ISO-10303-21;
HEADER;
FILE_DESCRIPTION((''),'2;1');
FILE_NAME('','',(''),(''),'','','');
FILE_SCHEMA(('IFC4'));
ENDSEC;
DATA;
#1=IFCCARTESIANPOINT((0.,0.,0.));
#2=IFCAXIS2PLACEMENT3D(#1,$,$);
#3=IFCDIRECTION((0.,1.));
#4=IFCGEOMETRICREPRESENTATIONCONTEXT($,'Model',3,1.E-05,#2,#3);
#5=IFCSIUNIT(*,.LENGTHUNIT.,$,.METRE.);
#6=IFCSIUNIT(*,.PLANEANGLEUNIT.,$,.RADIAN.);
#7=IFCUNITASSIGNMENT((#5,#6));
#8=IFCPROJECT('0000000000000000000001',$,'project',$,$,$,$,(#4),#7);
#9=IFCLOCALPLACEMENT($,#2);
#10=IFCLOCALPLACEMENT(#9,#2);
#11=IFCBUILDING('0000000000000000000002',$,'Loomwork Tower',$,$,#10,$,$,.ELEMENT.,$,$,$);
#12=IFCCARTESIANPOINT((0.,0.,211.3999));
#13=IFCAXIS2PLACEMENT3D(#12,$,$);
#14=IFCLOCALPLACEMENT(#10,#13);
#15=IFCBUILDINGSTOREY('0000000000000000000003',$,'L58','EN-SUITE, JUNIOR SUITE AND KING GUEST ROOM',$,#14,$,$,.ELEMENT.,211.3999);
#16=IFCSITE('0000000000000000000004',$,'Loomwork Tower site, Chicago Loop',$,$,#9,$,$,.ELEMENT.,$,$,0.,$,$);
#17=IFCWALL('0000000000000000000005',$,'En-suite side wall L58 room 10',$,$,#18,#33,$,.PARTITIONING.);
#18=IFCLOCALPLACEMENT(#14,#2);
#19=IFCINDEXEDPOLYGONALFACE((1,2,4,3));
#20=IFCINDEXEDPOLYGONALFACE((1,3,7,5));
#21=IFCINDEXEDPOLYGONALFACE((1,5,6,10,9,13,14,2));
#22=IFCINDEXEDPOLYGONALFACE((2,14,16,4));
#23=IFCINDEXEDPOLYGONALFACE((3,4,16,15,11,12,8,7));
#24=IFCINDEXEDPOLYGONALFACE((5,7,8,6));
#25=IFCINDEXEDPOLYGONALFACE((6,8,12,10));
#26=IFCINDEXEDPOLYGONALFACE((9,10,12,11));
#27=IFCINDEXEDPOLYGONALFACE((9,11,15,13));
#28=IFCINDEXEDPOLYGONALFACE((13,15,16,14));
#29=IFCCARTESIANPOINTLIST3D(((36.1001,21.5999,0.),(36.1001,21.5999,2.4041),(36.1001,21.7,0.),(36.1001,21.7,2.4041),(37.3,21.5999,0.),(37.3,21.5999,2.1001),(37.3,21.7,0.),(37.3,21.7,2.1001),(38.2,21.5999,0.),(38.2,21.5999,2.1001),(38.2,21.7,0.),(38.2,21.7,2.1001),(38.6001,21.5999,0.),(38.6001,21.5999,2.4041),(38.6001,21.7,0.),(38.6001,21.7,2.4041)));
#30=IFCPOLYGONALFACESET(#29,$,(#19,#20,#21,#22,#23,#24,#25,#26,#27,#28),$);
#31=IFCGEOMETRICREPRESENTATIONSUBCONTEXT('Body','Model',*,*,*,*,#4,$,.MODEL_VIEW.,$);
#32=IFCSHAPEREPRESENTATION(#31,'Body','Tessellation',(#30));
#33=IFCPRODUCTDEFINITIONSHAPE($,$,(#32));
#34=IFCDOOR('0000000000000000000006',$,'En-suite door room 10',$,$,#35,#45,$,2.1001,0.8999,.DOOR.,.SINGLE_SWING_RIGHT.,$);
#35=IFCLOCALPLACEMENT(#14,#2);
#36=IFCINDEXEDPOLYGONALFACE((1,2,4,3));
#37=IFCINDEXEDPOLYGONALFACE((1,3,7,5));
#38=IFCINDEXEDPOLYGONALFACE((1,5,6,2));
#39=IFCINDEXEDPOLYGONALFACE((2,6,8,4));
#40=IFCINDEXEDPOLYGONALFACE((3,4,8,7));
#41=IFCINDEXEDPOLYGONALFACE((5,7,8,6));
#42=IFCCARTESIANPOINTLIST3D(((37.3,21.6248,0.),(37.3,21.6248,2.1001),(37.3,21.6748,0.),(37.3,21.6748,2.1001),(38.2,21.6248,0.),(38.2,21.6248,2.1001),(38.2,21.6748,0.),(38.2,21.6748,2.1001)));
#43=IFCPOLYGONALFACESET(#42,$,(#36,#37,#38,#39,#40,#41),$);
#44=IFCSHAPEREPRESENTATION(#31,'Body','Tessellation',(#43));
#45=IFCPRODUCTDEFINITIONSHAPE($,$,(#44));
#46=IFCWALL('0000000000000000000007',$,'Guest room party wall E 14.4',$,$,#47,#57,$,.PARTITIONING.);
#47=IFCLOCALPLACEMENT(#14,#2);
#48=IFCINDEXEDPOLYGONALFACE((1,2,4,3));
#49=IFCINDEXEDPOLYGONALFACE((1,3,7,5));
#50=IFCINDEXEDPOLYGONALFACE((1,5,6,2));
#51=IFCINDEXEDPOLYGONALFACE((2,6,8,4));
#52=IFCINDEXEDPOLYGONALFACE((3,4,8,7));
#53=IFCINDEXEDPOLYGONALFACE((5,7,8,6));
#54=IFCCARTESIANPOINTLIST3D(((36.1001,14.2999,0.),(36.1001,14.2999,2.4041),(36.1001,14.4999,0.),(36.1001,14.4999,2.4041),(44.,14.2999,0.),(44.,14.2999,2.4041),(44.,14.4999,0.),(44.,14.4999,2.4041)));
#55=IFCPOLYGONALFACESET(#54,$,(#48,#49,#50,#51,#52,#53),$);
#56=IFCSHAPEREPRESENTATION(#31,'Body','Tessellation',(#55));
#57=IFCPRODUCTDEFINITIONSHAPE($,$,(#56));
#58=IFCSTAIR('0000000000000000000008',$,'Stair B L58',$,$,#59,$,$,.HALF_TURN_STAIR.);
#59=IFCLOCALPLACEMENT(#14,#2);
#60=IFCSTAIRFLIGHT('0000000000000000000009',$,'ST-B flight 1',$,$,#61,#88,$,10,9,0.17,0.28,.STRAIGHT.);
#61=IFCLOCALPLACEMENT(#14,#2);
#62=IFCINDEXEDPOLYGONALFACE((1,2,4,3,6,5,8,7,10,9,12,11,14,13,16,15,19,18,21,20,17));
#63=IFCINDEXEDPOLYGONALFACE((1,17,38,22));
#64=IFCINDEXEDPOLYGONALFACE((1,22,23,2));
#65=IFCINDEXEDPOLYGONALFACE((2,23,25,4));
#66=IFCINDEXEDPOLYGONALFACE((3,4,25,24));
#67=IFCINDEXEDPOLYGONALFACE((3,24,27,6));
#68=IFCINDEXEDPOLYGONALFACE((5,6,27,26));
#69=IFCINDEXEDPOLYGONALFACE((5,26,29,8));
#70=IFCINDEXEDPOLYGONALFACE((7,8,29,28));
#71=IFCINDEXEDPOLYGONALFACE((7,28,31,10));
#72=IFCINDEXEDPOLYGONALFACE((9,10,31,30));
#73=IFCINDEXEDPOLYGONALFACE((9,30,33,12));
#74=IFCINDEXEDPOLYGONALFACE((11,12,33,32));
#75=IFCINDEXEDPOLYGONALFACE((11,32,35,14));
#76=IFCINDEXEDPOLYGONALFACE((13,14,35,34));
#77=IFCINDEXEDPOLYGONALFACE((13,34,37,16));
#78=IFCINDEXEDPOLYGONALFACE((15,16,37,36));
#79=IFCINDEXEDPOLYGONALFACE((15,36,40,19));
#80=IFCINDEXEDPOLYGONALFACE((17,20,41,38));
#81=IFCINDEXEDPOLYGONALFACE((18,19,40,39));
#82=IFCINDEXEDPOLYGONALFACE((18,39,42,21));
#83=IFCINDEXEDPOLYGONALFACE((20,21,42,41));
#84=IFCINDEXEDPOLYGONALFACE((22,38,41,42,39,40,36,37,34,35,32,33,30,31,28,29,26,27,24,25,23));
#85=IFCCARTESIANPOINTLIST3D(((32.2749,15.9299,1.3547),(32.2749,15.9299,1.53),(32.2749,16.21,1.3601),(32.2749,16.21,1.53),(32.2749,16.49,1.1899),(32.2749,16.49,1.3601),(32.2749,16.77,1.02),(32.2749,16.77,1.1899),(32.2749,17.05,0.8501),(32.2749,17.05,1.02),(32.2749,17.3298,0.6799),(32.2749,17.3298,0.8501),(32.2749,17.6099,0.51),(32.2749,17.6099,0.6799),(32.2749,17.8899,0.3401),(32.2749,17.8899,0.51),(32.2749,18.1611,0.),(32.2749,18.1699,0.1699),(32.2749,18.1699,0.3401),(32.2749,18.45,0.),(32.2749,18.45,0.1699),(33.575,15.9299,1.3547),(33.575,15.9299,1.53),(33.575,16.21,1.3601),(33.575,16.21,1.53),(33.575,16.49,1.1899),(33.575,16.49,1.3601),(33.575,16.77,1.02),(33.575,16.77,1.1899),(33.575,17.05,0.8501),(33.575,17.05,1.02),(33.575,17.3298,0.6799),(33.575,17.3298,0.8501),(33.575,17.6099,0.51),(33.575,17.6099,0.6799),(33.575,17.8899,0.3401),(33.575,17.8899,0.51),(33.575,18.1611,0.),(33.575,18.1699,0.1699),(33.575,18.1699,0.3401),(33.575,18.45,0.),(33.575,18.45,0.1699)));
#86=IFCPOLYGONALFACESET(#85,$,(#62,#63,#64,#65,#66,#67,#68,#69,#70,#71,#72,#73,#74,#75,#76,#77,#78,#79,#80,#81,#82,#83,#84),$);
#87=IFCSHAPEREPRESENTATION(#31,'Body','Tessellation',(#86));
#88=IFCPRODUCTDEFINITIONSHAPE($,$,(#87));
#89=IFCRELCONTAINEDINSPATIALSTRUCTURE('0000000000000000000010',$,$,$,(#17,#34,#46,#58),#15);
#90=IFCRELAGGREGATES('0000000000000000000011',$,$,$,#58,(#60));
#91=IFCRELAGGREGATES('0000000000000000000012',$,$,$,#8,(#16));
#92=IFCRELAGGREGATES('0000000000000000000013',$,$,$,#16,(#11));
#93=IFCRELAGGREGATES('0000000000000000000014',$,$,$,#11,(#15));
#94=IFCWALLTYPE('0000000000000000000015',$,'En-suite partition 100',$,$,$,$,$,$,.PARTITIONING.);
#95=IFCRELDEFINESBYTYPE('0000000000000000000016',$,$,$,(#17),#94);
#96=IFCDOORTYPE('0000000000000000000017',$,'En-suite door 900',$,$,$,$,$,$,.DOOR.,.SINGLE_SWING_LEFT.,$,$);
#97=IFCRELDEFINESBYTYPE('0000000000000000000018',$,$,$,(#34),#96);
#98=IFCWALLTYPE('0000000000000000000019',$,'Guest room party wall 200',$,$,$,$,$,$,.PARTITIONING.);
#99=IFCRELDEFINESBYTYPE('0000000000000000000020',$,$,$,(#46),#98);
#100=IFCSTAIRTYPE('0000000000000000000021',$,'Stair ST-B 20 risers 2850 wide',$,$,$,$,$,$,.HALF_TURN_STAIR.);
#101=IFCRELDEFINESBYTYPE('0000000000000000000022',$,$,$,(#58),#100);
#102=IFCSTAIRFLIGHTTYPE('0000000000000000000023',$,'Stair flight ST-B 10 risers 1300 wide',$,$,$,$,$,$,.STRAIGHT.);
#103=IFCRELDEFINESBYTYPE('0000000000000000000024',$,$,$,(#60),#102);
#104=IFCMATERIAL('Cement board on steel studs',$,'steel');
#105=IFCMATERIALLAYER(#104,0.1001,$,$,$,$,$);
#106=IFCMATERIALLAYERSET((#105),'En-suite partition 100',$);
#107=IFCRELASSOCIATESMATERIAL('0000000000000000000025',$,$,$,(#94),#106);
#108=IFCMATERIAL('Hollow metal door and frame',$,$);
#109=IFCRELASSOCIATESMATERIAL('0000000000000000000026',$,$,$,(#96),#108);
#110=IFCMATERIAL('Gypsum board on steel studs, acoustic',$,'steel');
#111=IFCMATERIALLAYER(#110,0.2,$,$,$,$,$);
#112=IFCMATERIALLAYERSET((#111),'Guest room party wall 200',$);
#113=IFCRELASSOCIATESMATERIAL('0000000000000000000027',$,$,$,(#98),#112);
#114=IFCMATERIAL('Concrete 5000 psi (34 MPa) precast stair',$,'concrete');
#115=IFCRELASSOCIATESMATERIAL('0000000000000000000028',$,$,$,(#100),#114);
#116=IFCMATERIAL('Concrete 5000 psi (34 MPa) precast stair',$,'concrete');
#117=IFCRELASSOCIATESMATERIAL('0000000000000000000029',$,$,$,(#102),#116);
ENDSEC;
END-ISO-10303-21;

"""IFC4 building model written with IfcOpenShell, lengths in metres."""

from ifc_helpers import new_model, si_unit, direction, frame, frame_2d, origin, place, context, subcontext, project, spatial, polyline, rectangle, outline, extrude, material, layer, layer_set, type_object, element, fill, aggregate, save


model = new_model("IFC4")

# Units and contexts
model_context = context("Model", 3, precision=1e-05, world=origin(), true_north=direction((0.0, 1.0)))
body_context = subcontext(model_context, "Body", "Model", "MODEL_VIEW")
ifc_project = project(units=[si_unit("LENGTHUNIT", "METRE"), si_unit("PLANEANGLEUNIT", "RADIAN")], contexts=[model_context])

# Site, building, storey
site_placement = place(None, origin())
site = spatial("IfcSite", under=ifc_project, at=site_placement, Name="Loomwork Tower site, Chicago Loop", CompositionType="ELEMENT", RefElevation=0.0)
building_placement = place(site_placement, origin())
building = spatial("IfcBuilding", under=site, at=building_placement, Name="Loomwork Tower", CompositionType="ELEMENT")
storey_placement = place(building_placement, frame((0.0, 0.0, 211.3999)))
storey = spatial("IfcBuildingStorey", under=building, at=storey_placement, Name="L58", Description="EN-SUITE, JUNIOR SUITE AND KING GUEST ROOM", CompositionType="ELEMENT", Elevation=211.3999)

# Wall, opening, door
ifc_material_1 = material(Name="Cement board on steel studs", Category="steel")
ifc_layer_1 = layer(ifc_material_1, 0.1001)
ifc_layer_set_1 = layer_set([ifc_layer_1], Name="En-suite partition 100")
wall_type_1 = type_object("IfcWallType", Name="En-suite partition 100", PredefinedType="PARTITIONING", material=ifc_layer_set_1)
ifc_material_2 = material(Name="Hollow metal door and frame")
door_type_1 = type_object("IfcDoorType", Name="En-suite door 900", OperationType="SINGLE_SWING_LEFT", PredefinedType="DOOR", material=ifc_material_2)
wall_1_placement = place(storey_placement, frame((36.1001, 21.6499, 0.0), z_axis=(0.0, 0.0, 1.0), x_axis=(1.0, 0.0, 0.0)))
wall_1 = element("IfcWall", 1, at=wall_1_placement, inside=storey, type_object=wall_type_1, Name="En-suite side wall L58 room 10", PredefinedType="PARTITIONING", context=body_context, shape_type="SweptSolid", body=[
    extrude(rectangle(XDim=2.5, YDim=0.1001, at=frame_2d((1.25, 0.0))), origin(), (0.0, 0.0, 1.0), 2.4041),
])
opening_1_placement = place(wall_1_placement, frame((1.2, 0.0, 0.0)))
opening_1 = element("IfcOpeningElement", 2, at=opening_1_placement, cuts=wall_1, PredefinedType="OPENING", context=body_context, shape_type="SweptSolid", body=[
    extrude(rectangle(XDim=0.8999, YDim=2.1001, at=frame_2d((0.45, 1.05))), frame((0.0, 0.0601, 0.0), z_axis=(0.0, -1.0, 0.0), x_axis=(1.0, 0.0, 0.0)), (0.0, 0.0, 1.0), 0.1201),
])
door_1_placement = place(opening_1_placement, origin())
door_1 = element("IfcDoor", 3, at=door_1_placement, inside=storey, type_object=door_type_1, Name="En-suite door room 10", OperationType="SINGLE_SWING_RIGHT", OverallHeight=2.1001, OverallWidth=0.8999, PredefinedType="DOOR", context=body_context, shape_type="SweptSolid", body=[
    extrude(rectangle(XDim=0.8999, YDim=2.1001, at=frame_2d((0.45, 1.05))), frame((0.0, 0.0249, 0.0), z_axis=(0.0, -1.0, 0.0), x_axis=(1.0, 0.0, 0.0)), (0.0, 0.0, 1.0), 0.05),
])
fill(opening_1, door_1)

# Wall
ifc_material_3 = material(Name="Gypsum board on steel studs, acoustic", Category="steel")
ifc_layer_2 = layer(ifc_material_3, 0.2)
ifc_layer_set_2 = layer_set([ifc_layer_2], Name="Guest room party wall 200")
wall_type_2 = type_object("IfcWallType", Name="Guest room party wall 200", PredefinedType="PARTITIONING", material=ifc_layer_set_2)
wall_2_placement = place(storey_placement, frame((36.1001, 14.3999, 0.0), z_axis=(0.0, 0.0, 1.0), x_axis=(1.0, 0.0, 0.0)))
element("IfcWall", 4, at=wall_2_placement, inside=storey, type_object=wall_type_2, Name="Guest room party wall E 14.4", PredefinedType="PARTITIONING", context=body_context, shape_type="SweptSolid", body=[
    extrude(rectangle(XDim=7.8999, YDim=0.2, at=frame_2d((3.95, 0.0))), origin(), (0.0, 0.0, 1.0), 2.4041),
])

# Stair, stair flight
ifc_material_4 = material(Name="Concrete 5000 psi (34 MPa) precast stair", Category="concrete")
stair_type = type_object("IfcStairType", Name="Stair ST-B 20 risers 2850 wide", PredefinedType="HALF_TURN_STAIR", material=ifc_material_4)
stair_placement = place(storey_placement, origin())
stair = element("IfcStair", 5, at=stair_placement, inside=storey, type_object=stair_type, Name="Stair B L58", PredefinedType="HALF_TURN_STAIR")
ifc_material_5 = material(Name="Concrete 5000 psi (34 MPa) precast stair", Category="concrete")
stair_flight_type = type_object("IfcStairFlightType", Name="Stair flight ST-B 10 risers 1300 wide", PredefinedType="STRAIGHT", material=ifc_material_5)
stair_flight_placement = place(storey_placement, frame((32.925, 18.45, 0.0), z_axis=(0.0, 0.0, 1.0), x_axis=(0.0, -1.0, 0.0)))
stair_flight = element("IfcStairFlight", 6, at=stair_flight_placement, type_object=stair_flight_type, Name="ST-B flight 1", NumberOfRisers=10, NumberOfTreads=9, PredefinedType="STRAIGHT", RiserHeight=0.17, TreadLength=0.28, context=body_context, shape_type="SweptSolid", body=[
    extrude(outline(polyline([(0.0, 0.0), (0.0, 0.1699), (0.28, 0.1699), (0.28, 0.3401), (0.5601, 0.3401), (0.5601, 0.51), (0.8401, 0.51), (0.8401, 0.6799), (1.1201, 0.6799), (1.1201, 0.8501), (1.3999, 0.8501), (1.3999, 1.02), (1.6799, 1.02), (1.6799, 1.1899), (1.96, 1.1899), (1.96, 1.3601), (2.24, 1.3601), (2.24, 1.53), (2.52, 1.53), (2.52, 1.7), (2.52, 1.3547), (0.2888, 0.0), (0.0, 0.0)])), frame((0.0, 0.6499, 0.0), z_axis=(0.0, -1.0, 0.0), x_axis=(1.0, 0.0, 0.0)), (0.0, 0.0, 1.0), 1.3),
])
aggregate(stair, [stair_flight])

save(model, "model.ifc")
